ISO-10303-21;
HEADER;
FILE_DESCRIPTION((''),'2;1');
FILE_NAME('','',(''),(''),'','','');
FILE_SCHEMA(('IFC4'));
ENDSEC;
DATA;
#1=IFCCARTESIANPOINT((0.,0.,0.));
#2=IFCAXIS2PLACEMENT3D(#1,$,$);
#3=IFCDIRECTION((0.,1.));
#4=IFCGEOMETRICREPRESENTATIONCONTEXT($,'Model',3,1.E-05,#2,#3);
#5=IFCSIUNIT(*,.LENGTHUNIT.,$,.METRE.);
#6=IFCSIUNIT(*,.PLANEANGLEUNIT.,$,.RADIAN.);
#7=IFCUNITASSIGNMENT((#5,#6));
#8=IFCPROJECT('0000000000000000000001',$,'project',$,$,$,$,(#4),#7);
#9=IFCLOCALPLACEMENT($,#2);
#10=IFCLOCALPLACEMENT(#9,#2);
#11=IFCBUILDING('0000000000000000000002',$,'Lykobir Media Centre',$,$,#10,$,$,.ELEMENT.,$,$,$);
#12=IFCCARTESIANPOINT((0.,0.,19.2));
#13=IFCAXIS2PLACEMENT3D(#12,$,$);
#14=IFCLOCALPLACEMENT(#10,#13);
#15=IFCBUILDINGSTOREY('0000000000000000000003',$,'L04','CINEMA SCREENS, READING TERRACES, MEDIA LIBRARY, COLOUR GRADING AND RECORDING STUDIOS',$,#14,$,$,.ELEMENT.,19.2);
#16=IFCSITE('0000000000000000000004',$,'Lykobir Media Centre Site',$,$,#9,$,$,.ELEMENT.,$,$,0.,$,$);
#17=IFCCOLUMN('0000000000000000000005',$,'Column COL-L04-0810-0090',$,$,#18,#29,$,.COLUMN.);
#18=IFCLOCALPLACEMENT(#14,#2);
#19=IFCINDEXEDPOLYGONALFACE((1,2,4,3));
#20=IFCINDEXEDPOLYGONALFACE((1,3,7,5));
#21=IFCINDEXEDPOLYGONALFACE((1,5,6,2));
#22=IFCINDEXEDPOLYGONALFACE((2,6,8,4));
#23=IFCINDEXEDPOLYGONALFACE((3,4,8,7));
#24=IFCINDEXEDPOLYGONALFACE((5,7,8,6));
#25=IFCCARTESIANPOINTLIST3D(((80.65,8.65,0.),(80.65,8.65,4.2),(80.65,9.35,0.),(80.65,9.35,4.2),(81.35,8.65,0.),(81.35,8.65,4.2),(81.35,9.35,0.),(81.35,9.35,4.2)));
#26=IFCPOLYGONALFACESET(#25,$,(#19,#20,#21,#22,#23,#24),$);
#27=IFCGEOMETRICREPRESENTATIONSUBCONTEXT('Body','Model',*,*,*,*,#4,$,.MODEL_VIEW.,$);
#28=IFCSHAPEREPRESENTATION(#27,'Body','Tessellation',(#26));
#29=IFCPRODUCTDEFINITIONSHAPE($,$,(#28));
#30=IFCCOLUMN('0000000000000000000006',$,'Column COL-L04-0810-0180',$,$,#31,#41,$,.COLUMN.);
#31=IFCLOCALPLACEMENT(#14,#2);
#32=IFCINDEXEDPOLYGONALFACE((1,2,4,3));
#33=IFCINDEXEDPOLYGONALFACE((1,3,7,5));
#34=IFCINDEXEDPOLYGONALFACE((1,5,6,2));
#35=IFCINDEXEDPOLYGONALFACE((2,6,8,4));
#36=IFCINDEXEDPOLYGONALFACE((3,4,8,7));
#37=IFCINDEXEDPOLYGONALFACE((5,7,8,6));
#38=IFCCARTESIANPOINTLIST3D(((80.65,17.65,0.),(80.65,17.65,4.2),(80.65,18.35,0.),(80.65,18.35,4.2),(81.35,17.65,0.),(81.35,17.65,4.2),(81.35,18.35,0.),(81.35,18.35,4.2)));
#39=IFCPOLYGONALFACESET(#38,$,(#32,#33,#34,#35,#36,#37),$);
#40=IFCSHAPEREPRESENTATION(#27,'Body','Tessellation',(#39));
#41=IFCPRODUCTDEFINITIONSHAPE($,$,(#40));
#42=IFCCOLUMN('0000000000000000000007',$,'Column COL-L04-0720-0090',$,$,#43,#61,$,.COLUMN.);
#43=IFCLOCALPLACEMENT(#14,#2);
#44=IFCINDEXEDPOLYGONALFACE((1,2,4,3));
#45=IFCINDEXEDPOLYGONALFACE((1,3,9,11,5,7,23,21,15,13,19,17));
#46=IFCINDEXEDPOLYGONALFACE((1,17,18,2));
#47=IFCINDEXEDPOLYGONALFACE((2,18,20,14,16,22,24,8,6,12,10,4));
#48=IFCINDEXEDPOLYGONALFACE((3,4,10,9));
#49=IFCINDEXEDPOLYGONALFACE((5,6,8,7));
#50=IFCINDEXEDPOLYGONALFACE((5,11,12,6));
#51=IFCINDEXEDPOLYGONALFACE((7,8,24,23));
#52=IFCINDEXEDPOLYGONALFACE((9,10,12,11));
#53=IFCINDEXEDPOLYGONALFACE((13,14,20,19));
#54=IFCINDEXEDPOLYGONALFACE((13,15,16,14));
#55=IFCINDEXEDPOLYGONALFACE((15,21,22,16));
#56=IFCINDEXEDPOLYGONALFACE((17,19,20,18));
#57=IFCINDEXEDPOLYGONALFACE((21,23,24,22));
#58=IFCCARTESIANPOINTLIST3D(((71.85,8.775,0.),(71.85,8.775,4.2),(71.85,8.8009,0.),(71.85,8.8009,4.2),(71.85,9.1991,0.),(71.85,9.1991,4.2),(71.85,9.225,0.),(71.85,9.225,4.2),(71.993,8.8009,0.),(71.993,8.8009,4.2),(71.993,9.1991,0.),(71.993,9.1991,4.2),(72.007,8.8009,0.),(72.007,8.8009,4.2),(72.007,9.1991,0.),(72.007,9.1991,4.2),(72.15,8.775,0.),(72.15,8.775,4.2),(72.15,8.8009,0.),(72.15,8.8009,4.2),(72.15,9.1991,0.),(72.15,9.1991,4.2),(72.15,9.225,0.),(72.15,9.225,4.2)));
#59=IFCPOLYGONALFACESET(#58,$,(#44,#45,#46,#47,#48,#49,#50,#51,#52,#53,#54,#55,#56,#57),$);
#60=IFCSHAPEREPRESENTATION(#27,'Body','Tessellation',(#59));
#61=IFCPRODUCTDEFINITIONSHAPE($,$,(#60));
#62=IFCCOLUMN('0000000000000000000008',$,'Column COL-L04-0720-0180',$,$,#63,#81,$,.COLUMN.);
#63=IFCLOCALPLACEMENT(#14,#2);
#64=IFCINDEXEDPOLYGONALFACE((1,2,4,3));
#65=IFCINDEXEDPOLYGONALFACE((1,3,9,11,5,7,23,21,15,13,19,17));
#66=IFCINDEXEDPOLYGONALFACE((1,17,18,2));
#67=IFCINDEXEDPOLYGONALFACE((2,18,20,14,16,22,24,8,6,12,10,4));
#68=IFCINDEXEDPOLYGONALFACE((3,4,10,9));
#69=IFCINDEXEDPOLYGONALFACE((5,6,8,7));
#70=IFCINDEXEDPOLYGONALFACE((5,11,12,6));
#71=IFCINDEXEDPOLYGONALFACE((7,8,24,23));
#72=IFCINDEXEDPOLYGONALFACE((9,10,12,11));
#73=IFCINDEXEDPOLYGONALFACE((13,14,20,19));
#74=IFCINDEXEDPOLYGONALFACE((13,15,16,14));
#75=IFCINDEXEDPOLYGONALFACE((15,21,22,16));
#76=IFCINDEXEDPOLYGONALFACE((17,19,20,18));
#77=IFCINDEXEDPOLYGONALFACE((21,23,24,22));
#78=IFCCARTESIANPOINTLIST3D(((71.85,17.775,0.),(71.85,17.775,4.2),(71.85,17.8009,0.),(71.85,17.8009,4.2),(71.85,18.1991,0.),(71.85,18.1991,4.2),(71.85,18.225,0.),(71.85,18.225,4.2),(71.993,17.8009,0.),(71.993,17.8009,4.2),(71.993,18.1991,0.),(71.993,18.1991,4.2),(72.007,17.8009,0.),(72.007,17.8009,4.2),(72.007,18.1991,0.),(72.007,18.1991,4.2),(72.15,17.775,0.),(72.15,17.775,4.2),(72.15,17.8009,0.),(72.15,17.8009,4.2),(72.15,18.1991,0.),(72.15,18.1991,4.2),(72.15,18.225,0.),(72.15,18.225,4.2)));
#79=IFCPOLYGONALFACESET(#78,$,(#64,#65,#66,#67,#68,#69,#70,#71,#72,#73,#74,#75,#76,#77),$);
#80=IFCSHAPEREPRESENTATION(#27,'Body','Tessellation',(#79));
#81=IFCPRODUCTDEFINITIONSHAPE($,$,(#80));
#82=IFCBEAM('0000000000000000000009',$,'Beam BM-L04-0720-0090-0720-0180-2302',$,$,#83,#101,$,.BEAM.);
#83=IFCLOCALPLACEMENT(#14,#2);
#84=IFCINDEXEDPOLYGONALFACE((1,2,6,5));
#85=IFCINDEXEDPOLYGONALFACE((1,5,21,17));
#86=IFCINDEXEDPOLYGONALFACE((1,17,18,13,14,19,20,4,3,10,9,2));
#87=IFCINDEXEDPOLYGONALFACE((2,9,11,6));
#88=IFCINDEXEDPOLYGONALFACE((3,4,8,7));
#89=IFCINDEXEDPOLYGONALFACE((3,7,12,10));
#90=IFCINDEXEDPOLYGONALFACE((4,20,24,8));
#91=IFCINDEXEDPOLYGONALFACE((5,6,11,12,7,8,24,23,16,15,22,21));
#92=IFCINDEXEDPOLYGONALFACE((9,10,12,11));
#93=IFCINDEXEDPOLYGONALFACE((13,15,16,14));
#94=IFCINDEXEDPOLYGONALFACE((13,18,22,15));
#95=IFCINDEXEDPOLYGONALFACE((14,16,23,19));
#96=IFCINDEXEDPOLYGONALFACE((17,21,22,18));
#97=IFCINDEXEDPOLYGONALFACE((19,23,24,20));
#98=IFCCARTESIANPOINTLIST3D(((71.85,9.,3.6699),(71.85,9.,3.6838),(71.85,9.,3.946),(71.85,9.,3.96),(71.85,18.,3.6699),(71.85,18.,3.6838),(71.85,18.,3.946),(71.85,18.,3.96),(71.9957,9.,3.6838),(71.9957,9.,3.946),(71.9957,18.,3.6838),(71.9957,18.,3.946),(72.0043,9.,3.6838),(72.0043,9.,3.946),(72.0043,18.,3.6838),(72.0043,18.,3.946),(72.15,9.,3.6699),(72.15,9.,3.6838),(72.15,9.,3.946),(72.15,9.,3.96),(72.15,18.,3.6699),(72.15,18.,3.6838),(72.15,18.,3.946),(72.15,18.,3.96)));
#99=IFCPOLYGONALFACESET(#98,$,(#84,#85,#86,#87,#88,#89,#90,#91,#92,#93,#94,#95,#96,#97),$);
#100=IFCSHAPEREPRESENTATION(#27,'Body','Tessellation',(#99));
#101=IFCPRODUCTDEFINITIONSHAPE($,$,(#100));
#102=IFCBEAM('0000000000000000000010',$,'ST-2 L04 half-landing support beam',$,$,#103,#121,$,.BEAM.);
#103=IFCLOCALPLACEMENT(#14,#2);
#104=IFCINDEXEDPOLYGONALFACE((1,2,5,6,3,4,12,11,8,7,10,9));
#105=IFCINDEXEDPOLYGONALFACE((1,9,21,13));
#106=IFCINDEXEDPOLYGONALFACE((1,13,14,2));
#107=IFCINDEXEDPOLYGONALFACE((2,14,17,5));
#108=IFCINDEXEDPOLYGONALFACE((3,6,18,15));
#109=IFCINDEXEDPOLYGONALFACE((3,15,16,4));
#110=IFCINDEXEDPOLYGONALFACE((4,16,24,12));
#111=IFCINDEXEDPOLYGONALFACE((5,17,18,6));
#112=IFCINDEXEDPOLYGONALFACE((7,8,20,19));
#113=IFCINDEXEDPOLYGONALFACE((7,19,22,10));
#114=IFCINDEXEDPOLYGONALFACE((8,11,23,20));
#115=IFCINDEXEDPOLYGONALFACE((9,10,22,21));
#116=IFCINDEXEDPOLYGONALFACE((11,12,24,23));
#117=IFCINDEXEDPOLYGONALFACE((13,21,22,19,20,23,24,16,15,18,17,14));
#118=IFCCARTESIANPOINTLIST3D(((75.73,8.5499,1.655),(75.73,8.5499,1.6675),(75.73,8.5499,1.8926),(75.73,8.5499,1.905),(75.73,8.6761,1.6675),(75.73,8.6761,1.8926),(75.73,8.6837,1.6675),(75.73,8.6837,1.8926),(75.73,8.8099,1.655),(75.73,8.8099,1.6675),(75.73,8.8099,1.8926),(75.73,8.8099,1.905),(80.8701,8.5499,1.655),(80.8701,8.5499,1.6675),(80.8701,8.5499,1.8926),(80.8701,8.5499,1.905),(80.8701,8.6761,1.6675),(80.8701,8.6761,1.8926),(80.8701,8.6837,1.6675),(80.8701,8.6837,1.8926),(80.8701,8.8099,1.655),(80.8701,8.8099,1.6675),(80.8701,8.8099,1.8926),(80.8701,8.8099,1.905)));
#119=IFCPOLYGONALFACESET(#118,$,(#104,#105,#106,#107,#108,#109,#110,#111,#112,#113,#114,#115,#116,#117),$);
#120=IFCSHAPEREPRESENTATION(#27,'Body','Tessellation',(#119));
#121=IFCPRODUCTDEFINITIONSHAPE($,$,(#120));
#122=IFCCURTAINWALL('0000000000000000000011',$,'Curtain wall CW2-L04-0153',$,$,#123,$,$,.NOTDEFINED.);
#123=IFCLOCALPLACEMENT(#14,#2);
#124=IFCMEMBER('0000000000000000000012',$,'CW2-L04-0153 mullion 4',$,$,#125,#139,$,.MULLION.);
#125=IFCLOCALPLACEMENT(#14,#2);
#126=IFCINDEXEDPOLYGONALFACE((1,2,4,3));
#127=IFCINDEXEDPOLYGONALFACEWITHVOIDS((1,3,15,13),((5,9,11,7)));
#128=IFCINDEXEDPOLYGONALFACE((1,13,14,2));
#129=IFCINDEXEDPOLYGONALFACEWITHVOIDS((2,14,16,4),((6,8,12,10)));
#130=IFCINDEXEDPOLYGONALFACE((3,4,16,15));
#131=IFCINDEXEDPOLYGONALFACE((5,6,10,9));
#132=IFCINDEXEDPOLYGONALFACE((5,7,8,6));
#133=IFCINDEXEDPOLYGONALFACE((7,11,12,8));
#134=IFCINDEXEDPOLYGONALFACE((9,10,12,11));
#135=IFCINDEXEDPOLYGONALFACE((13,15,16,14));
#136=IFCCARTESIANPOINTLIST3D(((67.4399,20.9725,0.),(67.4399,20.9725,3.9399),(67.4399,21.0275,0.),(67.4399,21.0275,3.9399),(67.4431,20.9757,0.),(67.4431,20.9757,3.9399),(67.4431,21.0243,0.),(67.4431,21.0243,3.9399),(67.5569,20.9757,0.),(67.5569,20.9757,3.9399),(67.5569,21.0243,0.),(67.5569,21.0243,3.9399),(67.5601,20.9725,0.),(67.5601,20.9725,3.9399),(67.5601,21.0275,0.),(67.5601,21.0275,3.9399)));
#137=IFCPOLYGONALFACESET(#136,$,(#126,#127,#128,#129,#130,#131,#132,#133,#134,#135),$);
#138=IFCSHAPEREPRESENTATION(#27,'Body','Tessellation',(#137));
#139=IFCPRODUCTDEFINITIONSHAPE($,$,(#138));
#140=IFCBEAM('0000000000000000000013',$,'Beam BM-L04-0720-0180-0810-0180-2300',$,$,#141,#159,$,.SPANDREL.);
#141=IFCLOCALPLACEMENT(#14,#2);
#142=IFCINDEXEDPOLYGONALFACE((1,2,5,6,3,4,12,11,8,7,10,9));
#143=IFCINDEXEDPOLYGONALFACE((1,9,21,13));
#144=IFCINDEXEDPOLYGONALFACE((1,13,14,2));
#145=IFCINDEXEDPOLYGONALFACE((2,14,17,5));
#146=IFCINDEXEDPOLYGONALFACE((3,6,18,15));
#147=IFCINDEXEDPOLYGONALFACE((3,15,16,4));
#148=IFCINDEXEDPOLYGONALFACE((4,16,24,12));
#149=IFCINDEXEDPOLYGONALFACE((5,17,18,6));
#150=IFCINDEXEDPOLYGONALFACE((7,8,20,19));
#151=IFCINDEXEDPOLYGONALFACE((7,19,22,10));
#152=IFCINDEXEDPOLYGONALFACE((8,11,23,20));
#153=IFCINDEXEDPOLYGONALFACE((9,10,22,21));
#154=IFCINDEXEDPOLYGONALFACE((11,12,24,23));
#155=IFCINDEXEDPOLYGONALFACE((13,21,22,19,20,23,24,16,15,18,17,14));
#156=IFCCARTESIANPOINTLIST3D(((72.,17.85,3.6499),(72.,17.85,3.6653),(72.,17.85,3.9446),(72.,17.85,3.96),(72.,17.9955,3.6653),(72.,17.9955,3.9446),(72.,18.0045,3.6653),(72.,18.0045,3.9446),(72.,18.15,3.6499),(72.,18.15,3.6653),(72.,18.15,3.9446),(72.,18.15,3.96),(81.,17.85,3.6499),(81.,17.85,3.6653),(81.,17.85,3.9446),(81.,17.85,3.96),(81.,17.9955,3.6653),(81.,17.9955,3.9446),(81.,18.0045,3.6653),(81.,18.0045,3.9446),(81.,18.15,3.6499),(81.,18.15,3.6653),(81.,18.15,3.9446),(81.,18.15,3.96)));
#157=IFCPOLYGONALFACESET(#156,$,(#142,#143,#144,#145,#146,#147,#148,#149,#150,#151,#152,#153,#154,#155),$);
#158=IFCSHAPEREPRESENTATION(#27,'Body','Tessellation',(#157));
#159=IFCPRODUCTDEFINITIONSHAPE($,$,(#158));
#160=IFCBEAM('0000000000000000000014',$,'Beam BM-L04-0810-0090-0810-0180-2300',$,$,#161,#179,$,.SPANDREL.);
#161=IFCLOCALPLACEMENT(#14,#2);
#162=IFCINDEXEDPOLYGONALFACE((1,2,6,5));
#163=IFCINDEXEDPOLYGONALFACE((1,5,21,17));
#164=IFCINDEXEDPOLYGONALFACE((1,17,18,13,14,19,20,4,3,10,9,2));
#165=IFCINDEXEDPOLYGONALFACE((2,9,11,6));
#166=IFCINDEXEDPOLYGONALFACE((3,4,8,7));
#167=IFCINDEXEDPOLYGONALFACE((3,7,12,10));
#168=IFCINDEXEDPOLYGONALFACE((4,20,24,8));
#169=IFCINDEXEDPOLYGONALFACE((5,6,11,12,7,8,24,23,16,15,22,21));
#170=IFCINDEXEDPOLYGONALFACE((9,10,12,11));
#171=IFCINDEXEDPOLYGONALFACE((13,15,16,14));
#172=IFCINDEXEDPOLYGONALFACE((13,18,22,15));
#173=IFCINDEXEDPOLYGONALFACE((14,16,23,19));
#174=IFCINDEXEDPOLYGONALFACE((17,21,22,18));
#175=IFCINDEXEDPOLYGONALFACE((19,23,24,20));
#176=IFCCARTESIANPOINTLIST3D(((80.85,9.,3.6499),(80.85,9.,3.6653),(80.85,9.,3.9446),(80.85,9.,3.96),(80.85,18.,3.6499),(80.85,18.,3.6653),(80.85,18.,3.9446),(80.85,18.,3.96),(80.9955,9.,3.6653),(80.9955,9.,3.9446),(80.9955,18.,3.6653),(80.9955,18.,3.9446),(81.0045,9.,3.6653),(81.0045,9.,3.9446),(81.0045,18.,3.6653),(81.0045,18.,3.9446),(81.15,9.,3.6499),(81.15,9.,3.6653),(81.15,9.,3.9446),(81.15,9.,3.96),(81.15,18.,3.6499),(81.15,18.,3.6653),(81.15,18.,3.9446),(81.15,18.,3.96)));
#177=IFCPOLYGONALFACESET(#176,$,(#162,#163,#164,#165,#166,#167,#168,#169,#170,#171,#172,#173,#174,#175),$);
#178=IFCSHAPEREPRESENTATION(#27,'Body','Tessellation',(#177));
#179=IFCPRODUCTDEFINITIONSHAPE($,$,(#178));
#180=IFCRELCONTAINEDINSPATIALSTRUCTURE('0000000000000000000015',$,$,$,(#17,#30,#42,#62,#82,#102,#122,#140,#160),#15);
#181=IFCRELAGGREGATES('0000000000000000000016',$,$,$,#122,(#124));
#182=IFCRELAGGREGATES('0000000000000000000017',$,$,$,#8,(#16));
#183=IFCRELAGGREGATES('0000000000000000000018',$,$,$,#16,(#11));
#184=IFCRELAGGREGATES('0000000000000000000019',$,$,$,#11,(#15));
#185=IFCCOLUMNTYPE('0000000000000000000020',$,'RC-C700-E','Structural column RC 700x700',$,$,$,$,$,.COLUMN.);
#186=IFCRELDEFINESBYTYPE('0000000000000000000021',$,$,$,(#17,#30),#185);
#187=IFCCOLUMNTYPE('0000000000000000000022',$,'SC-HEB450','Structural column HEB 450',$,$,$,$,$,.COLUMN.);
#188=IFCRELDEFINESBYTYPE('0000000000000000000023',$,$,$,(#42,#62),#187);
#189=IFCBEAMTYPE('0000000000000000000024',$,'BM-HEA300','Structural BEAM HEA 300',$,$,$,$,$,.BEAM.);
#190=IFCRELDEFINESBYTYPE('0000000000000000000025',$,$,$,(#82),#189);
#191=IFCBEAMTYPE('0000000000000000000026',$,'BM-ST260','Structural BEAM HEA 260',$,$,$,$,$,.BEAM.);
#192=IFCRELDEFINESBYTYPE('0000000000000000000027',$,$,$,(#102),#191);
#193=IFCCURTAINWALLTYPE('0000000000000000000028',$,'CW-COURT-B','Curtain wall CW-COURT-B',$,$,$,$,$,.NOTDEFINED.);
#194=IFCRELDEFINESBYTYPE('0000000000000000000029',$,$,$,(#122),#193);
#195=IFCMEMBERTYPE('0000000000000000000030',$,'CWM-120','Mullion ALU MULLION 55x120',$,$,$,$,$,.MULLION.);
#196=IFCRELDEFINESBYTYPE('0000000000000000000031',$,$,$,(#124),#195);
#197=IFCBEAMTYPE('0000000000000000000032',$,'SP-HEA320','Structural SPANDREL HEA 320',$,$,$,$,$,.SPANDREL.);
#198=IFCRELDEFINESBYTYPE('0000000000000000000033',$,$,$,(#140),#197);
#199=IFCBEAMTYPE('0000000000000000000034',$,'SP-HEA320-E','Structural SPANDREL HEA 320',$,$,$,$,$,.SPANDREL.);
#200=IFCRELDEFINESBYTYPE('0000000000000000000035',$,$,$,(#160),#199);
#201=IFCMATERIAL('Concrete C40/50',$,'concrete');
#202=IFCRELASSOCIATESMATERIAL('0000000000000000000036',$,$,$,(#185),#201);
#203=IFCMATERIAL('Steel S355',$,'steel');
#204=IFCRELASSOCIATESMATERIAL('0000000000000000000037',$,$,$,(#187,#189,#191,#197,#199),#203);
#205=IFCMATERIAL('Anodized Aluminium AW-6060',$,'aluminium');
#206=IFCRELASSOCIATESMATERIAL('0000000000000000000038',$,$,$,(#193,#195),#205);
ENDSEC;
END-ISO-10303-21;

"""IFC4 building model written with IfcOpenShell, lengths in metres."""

from ifc_helpers import new_model, si_unit, direction, frame, origin, origin_2d, place, context, subcontext, project, spatial, rectangle, hollow_rectangle, i_section, extrude, material, material_profile, profile_set, type_object, element, aggregate, save


model = new_model("IFC4")

# Units and contexts
model_context = context("Model", 3, precision=1e-05, world=origin(), true_north=direction((0.0, 1.0)))
body_context = subcontext(model_context, "Body", "Model", "MODEL_VIEW")
ifc_project = project(units=[si_unit("LENGTHUNIT", "METRE"), si_unit("PLANEANGLEUNIT", "RADIAN")], contexts=[model_context])

# Site, building, storey
site_placement = place(None, origin())
site = spatial("IfcSite", under=ifc_project, at=site_placement, Name="Lykobir Media Centre Site", CompositionType="ELEMENT", RefElevation=0.0)
building_placement = place(site_placement, origin())
building = spatial("IfcBuilding", under=site, at=building_placement, Name="Lykobir Media Centre", CompositionType="ELEMENT")
storey_placement = place(building_placement, frame((0.0, 0.0, 19.2)))
storey = spatial("IfcBuildingStorey", under=building, at=storey_placement, Name="L04", Description="CINEMA SCREENS, READING TERRACES, MEDIA LIBRARY, COLOUR GRADING AND RECORDING STUDIOS", CompositionType="ELEMENT", Elevation=19.2)

# Columns
ifc_material_1 = material(Name="Concrete C40/50", Category="concrete")
ifc_material_profile_1 = material_profile(ifc_material_1, rectangle(XDim=0.7, YDim=0.7, at=origin_2d()), Name="RC 700x700")
ifc_profile_set_1 = profile_set([ifc_material_profile_1], Name="Concrete C40/50")
column_type_1 = type_object("IfcColumnType", Name="RC-C700-E", Description="Structural column RC 700x700", PredefinedType="COLUMN", material=ifc_profile_set_1)
for number, where, z_axis, x_axis, name in (
    (1, (81.0, 9.0, 0.0), (0.0, 0.0, 1.0), (1.0, 0.0, 0.0), "Column COL-L04-0810-0090"),
    (2, (81.0, 18.0, 0.0), (0.0, 0.0, 1.0), (1.0, 0.0, 0.0), "Column COL-L04-0810-0180"),
):
    element("IfcColumn", number, at=place(storey_placement, frame(where, z_axis=z_axis, x_axis=x_axis)), inside=storey, type_object=column_type_1, Name=name, PredefinedType="COLUMN", context=body_context, shape_type="SweptSolid", body=[
        extrude(rectangle(XDim=0.7, YDim=0.7, at=origin_2d()), origin(), (0.0, 0.0, 1.0), 4.2),
    ])
ifc_material_2 = material(Name="Steel S355", Category="steel")
ifc_material_profile_2 = material_profile(ifc_material_2, i_section(OverallWidth=0.3, OverallDepth=0.45, WebThickness=0.0139, FlangeThickness=0.0259, at=origin_2d()), Name="HEB 450")
ifc_profile_set_2 = profile_set([ifc_material_profile_2], Name="Steel S355")
column_type_2 = type_object("IfcColumnType", Name="SC-HEB450", Description="Structural column HEB 450", PredefinedType="COLUMN", material=ifc_profile_set_2)
for number, where, z_axis, x_axis, name in (
    (3, (72.0, 9.0, 0.0), (0.0, 0.0, 1.0), (1.0, 0.0, 0.0), "Column COL-L04-0720-0090"),
    (4, (72.0, 18.0, 0.0), (0.0, 0.0, 1.0), (1.0, 0.0, 0.0), "Column COL-L04-0720-0180"),
):
    element("IfcColumn", number, at=place(storey_placement, frame(where, z_axis=z_axis, x_axis=x_axis)), inside=storey, type_object=column_type_2, Name=name, PredefinedType="COLUMN", context=body_context, shape_type="SweptSolid", body=[
        extrude(i_section(OverallWidth=0.3, OverallDepth=0.45, WebThickness=0.0139, FlangeThickness=0.0259, at=origin_2d()), origin(), (0.0, 0.0, 1.0), 4.2),
    ])

# Beams
ifc_material_profile_3 = material_profile(ifc_material_2, i_section(OverallWidth=0.3, OverallDepth=0.29, WebThickness=0.0085, FlangeThickness=0.0139, at=origin_2d()), Name="HEA 300")
ifc_profile_set_3 = profile_set([ifc_material_profile_3], Name="Steel S355")
beam_type_1 = type_object("IfcBeamType", Name="BM-HEA300", Description="Structural BEAM HEA 300", PredefinedType="BEAM", material=ifc_profile_set_3)
beam_1_placement = place(storey_placement, frame((72.0, 9.0, 3.8149), z_axis=(0.0, 1.0, 0.0), x_axis=(-1.0, 0.0, 0.0)))
element("IfcBeam", 5, at=beam_1_placement, inside=storey, type_object=beam_type_1, Name="Beam BM-L04-0720-0090-0720-0180-2302", PredefinedType="BEAM", context=body_context, shape_type="SweptSolid", body=[
    extrude(i_section(OverallWidth=0.3, OverallDepth=0.29, WebThickness=0.0085, FlangeThickness=0.0139, at=origin_2d()), origin(), (0.0, 0.0, 1.0), 9.0),
])
ifc_material_profile_4 = material_profile(ifc_material_2, i_section(OverallWidth=0.26, OverallDepth=0.25, WebThickness=0.0076, FlangeThickness=0.0125, at=origin_2d()), Name="HEA 260")
ifc_profile_set_4 = profile_set([ifc_material_profile_4], Name="Steel S355")
beam_type_2 = type_object("IfcBeamType", Name="BM-ST260", Description="Structural BEAM HEA 260", PredefinedType="BEAM", material=ifc_profile_set_4)
beam_2_placement = place(storey_placement, frame((75.73, 8.6799, 1.78), z_axis=(1.0, 0.0, 0.0), x_axis=(0.0, 1.0, 0.0)))
element("IfcBeam", 6, at=beam_2_placement, inside=storey, type_object=beam_type_2, Name="ST-2 L04 half-landing support beam", PredefinedType="BEAM", context=body_context, shape_type="SweptSolid", body=[
    extrude(i_section(OverallWidth=0.26, OverallDepth=0.25, WebThickness=0.0076, FlangeThickness=0.0125, at=origin_2d()), origin(), (0.0, 0.0, 1.0), 5.1401),
])

# Curtain wall, member
ifc_material_3 = material(Name="Anodized Aluminium AW-6060", Category="aluminium")
curtain_wall_type = type_object("IfcCurtainWallType", Name="CW-COURT-B", Description="Curtain wall CW-COURT-B", PredefinedType="NOTDEFINED", material=ifc_material_3)
curtain_wall_placement = place(storey_placement, origin())
curtain_wall = element("IfcCurtainWall", 7, at=curtain_wall_placement, inside=storey, type_object=curtain_wall_type, Name="Curtain wall CW2-L04-0153", PredefinedType="NOTDEFINED")
ifc_material_profile_5 = material_profile(ifc_material_3, hollow_rectangle(XDim=0.0549, YDim=0.1201, WallThickness=0.0032, at=origin_2d()), Name="ALU MULLION 55x120")
ifc_profile_set_5 = profile_set([ifc_material_profile_5], Name="Anodized Aluminium AW-6060")
member_type = type_object("IfcMemberType", Name="CWM-120", Description="Mullion ALU MULLION 55x120", PredefinedType="MULLION", material=ifc_profile_set_5)
member_placement = place(storey_placement, frame((67.5, 21.0, 0.0), z_axis=(0.0, 0.0, 1.0), x_axis=(0.0, 1.0, 0.0)))
member = element("IfcMember", 8, at=member_placement, type_object=member_type, Name="CW2-L04-0153 mullion 4", PredefinedType="MULLION", context=body_context, shape_type="SweptSolid", body=[
    extrude(hollow_rectangle(XDim=0.0549, YDim=0.1201, WallThickness=0.0032, at=origin_2d()), origin(), (0.0, 0.0, 1.0), 3.9399),
])

# Beams
ifc_material_profile_6 = material_profile(ifc_material_2, i_section(OverallWidth=0.3, OverallDepth=0.3101, WebThickness=0.009, FlangeThickness=0.0154, at=origin_2d()), Name="HEA 320")
ifc_profile_set_6 = profile_set([ifc_material_profile_6], Name="Steel S355")
beam_type_3 = type_object("IfcBeamType", Name="SP-HEA320", Description="Structural SPANDREL HEA 320", PredefinedType="SPANDREL", material=ifc_profile_set_6)
beam_3_placement = place(storey_placement, frame((72.0, 18.0, 3.8049), z_axis=(1.0, 0.0, 0.0), x_axis=(0.0, 1.0, 0.0)))
element("IfcBeam", 9, at=beam_3_placement, inside=storey, type_object=beam_type_3, Name="Beam BM-L04-0720-0180-0810-0180-2300", PredefinedType="SPANDREL", context=body_context, shape_type="SweptSolid", body=[
    extrude(i_section(OverallWidth=0.3, OverallDepth=0.3101, WebThickness=0.009, FlangeThickness=0.0154, at=origin_2d()), origin(), (0.0, 0.0, 1.0), 9.0),
])
ifc_material_profile_7 = material_profile(ifc_material_2, i_section(OverallWidth=0.3, OverallDepth=0.3101, WebThickness=0.009, FlangeThickness=0.0154, at=origin_2d()), Name="HEA 320")
ifc_profile_set_7 = profile_set([ifc_material_profile_7], Name="Steel S355")
beam_type_4 = type_object("IfcBeamType", Name="SP-HEA320-E", Description="Structural SPANDREL HEA 320", PredefinedType="SPANDREL", material=ifc_profile_set_7)
beam_4_placement = place(storey_placement, frame((81.0, 9.0, 3.8049), z_axis=(0.0, 1.0, 0.0), x_axis=(-1.0, 0.0, 0.0)))
element("IfcBeam", 10, at=beam_4_placement, inside=storey, type_object=beam_type_4, Name="Beam BM-L04-0810-0090-0810-0180-2300", PredefinedType="SPANDREL", context=body_context, shape_type="SweptSolid", body=[
    extrude(i_section(OverallWidth=0.3, OverallDepth=0.3101, WebThickness=0.009, FlangeThickness=0.0154, at=origin_2d()), origin(), (0.0, 0.0, 1.0), 9.0),
])

aggregate(curtain_wall, [member])

save(model, "model.ifc")
